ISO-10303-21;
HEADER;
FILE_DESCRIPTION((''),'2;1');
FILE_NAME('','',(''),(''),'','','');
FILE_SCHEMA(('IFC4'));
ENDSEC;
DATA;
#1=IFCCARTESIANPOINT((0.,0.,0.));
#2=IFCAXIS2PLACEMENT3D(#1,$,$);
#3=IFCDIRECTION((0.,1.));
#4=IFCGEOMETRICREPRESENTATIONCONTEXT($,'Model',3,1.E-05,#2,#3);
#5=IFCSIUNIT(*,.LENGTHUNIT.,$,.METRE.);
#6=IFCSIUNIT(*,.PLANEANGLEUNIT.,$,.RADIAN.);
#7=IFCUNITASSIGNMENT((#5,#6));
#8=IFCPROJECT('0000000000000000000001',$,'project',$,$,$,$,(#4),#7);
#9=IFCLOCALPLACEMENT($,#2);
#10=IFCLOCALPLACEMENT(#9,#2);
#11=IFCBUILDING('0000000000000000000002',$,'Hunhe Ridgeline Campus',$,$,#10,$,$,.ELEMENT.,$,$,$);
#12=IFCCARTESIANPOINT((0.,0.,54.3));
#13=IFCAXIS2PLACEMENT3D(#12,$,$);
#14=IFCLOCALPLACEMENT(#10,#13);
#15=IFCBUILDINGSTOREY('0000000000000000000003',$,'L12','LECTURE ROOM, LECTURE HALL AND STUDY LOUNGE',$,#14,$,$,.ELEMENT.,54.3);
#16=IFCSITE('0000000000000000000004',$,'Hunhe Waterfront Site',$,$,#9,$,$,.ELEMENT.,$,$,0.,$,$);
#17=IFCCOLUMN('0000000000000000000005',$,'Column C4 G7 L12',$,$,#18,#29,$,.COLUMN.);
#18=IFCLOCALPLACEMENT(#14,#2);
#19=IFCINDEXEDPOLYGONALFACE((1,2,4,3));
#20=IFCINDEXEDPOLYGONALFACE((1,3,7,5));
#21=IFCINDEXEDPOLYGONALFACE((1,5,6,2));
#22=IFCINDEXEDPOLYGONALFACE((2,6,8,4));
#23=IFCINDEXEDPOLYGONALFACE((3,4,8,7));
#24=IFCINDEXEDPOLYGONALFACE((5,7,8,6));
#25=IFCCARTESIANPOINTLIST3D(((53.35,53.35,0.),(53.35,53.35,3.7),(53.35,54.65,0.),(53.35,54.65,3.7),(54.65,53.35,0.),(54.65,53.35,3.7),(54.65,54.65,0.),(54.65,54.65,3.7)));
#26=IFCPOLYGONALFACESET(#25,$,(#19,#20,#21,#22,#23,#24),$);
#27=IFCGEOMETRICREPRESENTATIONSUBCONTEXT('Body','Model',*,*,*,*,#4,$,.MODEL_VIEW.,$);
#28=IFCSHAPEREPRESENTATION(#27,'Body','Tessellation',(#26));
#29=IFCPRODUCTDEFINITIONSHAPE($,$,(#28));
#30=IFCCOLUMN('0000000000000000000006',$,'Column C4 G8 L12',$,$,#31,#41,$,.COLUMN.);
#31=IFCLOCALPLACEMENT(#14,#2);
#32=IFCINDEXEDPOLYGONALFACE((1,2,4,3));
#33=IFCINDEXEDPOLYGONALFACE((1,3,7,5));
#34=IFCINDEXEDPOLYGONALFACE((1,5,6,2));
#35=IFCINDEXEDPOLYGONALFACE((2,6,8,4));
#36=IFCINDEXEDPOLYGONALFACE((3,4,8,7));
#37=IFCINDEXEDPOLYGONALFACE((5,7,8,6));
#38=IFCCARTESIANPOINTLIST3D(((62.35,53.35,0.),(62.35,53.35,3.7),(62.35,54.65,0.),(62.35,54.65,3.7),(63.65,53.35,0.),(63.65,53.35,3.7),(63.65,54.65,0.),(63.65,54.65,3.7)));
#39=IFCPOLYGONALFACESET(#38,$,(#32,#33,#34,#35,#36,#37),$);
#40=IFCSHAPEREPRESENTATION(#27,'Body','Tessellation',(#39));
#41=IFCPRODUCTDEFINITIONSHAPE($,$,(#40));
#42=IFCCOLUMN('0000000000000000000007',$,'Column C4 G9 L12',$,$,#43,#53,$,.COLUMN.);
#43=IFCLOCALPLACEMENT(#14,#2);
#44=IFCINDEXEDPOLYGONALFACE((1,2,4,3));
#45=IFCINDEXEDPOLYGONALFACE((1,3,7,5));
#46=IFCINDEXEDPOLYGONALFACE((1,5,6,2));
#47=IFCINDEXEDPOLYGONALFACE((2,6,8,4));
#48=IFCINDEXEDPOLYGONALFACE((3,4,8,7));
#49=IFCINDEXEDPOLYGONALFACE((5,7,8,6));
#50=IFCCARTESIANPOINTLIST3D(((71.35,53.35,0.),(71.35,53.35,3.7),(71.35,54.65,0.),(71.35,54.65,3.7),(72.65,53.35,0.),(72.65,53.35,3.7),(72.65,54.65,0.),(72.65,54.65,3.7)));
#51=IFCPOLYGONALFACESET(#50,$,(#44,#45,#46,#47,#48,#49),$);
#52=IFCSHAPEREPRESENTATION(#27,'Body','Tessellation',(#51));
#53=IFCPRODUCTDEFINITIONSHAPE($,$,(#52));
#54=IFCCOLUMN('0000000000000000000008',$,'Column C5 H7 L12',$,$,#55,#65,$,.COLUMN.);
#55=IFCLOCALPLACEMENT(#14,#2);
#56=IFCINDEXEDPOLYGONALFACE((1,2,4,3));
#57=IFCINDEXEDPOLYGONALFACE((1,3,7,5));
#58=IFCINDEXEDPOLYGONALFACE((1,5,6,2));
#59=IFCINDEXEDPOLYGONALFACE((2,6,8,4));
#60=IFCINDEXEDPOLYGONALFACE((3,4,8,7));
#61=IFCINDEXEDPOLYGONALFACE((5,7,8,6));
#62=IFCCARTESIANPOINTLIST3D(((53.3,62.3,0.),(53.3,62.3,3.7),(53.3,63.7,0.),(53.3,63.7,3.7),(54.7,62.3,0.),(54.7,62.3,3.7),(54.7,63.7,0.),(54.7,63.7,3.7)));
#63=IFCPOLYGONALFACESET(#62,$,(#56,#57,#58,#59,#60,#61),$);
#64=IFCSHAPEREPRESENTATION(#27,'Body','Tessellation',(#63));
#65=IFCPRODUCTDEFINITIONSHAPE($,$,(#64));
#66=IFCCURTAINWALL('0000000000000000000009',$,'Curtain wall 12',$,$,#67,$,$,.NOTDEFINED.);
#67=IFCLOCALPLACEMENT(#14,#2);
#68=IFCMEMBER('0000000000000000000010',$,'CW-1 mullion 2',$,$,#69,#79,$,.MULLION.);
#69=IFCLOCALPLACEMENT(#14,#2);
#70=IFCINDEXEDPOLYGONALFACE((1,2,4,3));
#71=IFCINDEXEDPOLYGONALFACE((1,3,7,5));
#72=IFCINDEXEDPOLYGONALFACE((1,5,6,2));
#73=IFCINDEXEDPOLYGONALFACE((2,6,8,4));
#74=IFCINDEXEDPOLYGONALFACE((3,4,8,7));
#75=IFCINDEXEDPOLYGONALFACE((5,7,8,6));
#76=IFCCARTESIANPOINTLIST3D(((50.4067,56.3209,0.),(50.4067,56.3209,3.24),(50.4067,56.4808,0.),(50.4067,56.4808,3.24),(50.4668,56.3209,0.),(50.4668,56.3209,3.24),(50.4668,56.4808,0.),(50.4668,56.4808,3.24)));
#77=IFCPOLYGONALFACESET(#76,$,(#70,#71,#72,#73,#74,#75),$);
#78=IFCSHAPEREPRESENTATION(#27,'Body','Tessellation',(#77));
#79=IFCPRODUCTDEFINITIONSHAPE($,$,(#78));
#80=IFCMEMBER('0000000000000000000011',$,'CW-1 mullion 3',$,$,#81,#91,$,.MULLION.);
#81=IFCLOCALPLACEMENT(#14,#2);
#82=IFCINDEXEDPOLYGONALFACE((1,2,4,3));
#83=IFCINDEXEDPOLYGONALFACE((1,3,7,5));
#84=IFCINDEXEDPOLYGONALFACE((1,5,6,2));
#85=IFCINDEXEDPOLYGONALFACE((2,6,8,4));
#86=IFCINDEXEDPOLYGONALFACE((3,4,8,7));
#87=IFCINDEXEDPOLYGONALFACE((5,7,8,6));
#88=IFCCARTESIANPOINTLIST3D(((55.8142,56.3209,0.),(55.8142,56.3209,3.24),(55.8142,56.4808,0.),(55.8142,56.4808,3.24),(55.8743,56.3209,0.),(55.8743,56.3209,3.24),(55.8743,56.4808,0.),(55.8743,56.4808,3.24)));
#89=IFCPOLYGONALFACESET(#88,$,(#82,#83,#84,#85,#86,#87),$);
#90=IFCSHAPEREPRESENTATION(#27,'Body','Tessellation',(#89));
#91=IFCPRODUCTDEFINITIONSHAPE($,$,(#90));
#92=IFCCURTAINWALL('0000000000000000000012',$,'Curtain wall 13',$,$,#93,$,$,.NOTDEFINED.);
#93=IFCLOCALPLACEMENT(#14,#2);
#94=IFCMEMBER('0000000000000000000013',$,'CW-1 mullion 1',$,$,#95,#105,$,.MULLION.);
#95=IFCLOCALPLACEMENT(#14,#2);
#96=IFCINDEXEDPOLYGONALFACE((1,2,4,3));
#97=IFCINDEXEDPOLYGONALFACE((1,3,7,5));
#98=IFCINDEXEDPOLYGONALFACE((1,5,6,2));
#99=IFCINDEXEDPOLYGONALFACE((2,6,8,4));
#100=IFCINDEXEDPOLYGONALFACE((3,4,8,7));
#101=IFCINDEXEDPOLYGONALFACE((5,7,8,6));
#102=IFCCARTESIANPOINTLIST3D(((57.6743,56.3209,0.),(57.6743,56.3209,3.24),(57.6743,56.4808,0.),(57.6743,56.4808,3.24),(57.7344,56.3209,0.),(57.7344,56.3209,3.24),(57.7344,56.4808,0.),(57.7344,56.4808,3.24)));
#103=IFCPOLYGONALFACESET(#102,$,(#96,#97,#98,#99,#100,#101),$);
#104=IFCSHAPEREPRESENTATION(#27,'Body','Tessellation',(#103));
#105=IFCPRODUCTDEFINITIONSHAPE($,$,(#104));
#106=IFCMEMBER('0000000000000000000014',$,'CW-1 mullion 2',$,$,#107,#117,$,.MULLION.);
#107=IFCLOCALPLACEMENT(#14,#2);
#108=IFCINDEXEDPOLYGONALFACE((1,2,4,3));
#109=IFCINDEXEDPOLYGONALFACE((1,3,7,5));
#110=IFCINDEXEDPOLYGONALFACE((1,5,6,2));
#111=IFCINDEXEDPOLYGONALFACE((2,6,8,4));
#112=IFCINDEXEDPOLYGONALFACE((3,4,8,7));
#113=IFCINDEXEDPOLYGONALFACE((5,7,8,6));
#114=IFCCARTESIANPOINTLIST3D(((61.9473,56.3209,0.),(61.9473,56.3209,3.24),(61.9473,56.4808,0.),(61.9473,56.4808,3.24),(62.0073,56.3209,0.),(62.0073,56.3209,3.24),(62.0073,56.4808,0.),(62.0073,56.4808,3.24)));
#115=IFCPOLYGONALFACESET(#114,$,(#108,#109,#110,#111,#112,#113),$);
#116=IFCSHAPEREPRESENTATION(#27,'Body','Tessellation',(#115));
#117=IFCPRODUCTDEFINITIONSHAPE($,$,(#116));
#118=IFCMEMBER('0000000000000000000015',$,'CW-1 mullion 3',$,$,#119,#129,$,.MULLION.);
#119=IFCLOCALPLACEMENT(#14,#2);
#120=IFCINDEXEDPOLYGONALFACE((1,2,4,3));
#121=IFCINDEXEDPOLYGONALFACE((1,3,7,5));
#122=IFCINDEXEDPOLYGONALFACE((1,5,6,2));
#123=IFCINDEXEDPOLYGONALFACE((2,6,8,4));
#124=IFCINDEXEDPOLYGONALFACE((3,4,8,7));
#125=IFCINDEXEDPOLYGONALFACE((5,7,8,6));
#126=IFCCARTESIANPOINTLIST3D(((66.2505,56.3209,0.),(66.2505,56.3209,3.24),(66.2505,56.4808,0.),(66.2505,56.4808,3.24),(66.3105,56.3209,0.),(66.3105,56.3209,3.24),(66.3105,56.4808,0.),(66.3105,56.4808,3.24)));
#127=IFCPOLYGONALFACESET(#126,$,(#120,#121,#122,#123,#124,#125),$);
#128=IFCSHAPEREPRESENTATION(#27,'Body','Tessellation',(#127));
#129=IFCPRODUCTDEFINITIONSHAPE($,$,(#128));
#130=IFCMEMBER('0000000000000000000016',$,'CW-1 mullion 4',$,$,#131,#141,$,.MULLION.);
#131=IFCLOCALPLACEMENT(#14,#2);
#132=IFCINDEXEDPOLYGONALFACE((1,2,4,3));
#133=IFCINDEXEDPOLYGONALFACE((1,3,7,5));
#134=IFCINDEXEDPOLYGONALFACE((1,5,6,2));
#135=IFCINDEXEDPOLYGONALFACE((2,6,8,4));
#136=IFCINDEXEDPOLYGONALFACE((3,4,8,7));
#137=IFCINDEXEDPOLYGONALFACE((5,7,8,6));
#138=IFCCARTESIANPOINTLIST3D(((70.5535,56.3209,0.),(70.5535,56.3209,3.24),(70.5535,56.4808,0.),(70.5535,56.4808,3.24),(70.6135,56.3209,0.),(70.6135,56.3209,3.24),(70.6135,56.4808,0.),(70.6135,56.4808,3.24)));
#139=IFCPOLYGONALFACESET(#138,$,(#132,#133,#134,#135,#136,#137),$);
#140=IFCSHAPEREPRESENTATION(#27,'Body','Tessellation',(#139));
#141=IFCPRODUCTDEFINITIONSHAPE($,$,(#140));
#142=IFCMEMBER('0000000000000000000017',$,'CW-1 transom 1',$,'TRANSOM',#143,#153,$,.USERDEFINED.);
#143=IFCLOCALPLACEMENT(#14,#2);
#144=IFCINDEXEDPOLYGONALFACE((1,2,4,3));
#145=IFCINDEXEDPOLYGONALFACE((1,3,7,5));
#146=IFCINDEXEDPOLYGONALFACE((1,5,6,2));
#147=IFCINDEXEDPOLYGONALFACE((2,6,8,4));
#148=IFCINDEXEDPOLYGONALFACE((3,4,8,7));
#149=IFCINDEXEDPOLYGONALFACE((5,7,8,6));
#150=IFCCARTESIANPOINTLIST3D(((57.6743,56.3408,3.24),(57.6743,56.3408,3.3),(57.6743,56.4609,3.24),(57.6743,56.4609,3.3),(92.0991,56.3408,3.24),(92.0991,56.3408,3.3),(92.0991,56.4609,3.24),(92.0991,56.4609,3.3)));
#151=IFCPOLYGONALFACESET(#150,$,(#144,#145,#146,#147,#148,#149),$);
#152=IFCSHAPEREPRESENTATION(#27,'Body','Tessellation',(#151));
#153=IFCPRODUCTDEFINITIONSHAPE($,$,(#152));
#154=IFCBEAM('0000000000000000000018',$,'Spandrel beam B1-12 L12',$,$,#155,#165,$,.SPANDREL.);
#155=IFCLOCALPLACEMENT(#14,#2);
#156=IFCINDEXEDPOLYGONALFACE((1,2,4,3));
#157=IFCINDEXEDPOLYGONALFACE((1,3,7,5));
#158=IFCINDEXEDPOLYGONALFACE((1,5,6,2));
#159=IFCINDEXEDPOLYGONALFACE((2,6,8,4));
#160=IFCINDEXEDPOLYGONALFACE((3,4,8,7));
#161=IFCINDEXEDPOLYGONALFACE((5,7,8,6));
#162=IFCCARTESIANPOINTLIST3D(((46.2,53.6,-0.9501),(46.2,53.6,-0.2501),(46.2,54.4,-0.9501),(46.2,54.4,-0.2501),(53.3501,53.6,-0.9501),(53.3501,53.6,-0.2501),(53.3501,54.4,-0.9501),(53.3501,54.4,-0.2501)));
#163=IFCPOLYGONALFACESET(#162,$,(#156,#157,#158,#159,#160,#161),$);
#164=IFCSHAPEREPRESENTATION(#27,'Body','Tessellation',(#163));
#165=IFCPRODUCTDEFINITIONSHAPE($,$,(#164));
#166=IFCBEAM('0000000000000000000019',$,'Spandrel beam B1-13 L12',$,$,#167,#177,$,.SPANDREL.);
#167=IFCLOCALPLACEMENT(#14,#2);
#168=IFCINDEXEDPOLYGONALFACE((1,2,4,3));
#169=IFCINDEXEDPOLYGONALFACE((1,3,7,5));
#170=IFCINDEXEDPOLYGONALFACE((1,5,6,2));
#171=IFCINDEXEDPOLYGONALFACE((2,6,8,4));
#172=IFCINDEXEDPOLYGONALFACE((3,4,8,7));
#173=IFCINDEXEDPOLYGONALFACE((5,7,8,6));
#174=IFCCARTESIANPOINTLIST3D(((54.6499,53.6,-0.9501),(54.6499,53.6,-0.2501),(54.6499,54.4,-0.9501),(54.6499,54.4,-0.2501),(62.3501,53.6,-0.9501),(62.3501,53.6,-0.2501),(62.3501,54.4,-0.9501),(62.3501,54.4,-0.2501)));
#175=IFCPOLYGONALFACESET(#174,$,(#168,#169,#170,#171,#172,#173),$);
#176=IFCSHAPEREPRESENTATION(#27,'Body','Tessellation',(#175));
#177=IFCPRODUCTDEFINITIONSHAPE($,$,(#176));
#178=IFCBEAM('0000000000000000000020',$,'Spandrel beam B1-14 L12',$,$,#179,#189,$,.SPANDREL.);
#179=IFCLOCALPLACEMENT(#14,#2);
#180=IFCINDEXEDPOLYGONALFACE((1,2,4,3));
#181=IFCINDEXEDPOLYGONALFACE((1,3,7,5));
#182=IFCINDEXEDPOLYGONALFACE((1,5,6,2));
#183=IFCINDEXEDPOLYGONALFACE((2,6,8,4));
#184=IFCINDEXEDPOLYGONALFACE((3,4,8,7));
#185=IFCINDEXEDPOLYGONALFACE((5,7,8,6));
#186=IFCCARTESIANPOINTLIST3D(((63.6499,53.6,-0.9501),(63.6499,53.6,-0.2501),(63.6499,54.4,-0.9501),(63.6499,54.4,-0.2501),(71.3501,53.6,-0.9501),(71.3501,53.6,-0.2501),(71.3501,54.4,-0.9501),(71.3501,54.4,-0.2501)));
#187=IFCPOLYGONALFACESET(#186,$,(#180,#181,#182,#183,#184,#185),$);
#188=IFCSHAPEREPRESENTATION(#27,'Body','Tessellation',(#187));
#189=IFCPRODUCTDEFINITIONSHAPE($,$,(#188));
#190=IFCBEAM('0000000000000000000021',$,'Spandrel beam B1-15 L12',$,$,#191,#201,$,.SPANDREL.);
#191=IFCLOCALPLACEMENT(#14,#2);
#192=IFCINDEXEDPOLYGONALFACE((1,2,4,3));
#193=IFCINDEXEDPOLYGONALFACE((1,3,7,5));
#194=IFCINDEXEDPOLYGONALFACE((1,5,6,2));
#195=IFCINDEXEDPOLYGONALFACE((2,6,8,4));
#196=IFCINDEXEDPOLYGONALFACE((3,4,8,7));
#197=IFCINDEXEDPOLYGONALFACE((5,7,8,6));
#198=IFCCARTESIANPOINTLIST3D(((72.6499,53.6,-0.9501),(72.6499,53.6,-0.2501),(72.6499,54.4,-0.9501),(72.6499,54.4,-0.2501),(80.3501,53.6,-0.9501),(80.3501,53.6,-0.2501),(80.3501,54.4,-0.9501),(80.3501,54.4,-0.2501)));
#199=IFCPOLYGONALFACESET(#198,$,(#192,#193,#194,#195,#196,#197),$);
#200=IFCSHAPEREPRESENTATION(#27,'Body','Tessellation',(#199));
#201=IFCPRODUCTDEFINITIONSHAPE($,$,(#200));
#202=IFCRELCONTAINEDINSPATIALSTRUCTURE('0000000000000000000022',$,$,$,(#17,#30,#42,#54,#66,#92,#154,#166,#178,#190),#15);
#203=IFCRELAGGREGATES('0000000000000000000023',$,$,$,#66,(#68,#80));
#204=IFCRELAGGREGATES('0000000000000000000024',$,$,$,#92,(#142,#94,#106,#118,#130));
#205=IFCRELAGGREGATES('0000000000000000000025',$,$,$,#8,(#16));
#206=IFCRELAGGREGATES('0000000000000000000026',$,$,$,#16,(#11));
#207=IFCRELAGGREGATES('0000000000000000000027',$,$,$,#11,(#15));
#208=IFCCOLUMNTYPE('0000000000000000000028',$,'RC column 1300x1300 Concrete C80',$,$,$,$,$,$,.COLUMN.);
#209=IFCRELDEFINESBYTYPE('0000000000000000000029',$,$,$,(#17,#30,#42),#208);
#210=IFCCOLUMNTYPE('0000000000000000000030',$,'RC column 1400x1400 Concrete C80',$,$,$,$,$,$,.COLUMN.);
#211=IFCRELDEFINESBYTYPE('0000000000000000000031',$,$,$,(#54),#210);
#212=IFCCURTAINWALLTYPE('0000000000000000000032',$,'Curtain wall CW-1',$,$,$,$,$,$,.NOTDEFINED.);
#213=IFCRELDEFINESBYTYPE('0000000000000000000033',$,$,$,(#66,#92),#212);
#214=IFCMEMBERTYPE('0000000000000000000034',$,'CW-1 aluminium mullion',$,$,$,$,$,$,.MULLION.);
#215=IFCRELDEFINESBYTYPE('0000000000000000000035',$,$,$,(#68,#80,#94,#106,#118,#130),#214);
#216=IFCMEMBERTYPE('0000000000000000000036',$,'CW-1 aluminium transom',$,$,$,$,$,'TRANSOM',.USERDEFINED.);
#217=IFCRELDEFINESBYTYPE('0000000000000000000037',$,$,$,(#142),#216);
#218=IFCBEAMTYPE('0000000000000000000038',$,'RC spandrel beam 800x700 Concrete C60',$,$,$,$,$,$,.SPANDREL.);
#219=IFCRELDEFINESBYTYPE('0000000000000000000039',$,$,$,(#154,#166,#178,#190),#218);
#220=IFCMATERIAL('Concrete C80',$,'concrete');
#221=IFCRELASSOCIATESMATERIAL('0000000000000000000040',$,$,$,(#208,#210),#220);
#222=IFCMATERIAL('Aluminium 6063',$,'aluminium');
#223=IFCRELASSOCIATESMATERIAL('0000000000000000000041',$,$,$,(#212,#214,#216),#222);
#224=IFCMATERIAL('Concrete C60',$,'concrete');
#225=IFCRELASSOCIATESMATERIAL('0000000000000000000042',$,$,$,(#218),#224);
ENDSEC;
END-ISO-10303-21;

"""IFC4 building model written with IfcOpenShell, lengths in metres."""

from ifc_helpers import new_model, si_unit, direction, frame, origin, origin_2d, place, context, subcontext, project, spatial, rectangle, extrude, material, material_profile, profile_set, type_object, element, aggregate, save


model = new_model("IFC4")

# Units and contexts
model_context = context("Model", 3, precision=1e-05, world=origin(), true_north=direction((0.0, 1.0)))
body_context = subcontext(model_context, "Body", "Model", "MODEL_VIEW")
ifc_project = project(units=[si_unit("LENGTHUNIT", "METRE"), si_unit("PLANEANGLEUNIT", "RADIAN")], contexts=[model_context])

# Site, building, storey
site_placement = place(None, origin())
site = spatial("IfcSite", under=ifc_project, at=site_placement, Name="Hunhe Waterfront Site", CompositionType="ELEMENT", RefElevation=0.0)
building_placement = place(site_placement, origin())
building = spatial("IfcBuilding", under=site, at=building_placement, Name="Hunhe Ridgeline Campus", CompositionType="ELEMENT")
storey_placement = place(building_placement, frame((0.0, 0.0, 54.3)))
storey = spatial("IfcBuildingStorey", under=building, at=storey_placement, Name="L12", Description="LECTURE ROOM, LECTURE HALL AND STUDY LOUNGE", CompositionType="ELEMENT", Elevation=54.3)

# Columns
ifc_material_1 = material(Name="Concrete C80", Category="concrete")
ifc_material_profile_1 = material_profile(ifc_material_1, rectangle(XDim=1.3, YDim=1.3, at=origin_2d()))
ifc_profile_set_1 = profile_set([ifc_material_profile_1], Name="Concrete C80")
column_type_1 = type_object("IfcColumnType", Name="RC column 1300x1300 Concrete C80", PredefinedType="COLUMN", material=ifc_profile_set_1)
for number, where, z_axis, x_axis, name in (
    (1, (54.0, 54.0, 0.0), (0.0, 0.0, 1.0), (1.0, 0.0, 0.0), "Column C4 G7 L12"),
    (2, (63.0, 54.0, 0.0), (0.0, 0.0, 1.0), (1.0, 0.0, 0.0), "Column C4 G8 L12"),
    (3, (72.0, 54.0, 0.0), (0.0, 0.0, 1.0), (1.0, 0.0, 0.0), "Column C4 G9 L12"),
):
    element("IfcColumn", number, at=place(storey_placement, frame(where, z_axis=z_axis, x_axis=x_axis)), inside=storey, type_object=column_type_1, Name=name, PredefinedType="COLUMN", context=body_context, shape_type="SweptSolid", body=[
        extrude(rectangle(XDim=1.3, YDim=1.3, at=origin_2d()), origin(), (0.0, 0.0, 1.0), 3.7),
    ])
ifc_material_profile_2 = material_profile(ifc_material_1, rectangle(XDim=1.3999, YDim=1.3999, at=origin_2d()))
ifc_profile_set_2 = profile_set([ifc_material_profile_2], Name="Concrete C80")
column_type_2 = type_object("IfcColumnType", Name="RC column 1400x1400 Concrete C80", PredefinedType="COLUMN", material=ifc_profile_set_2)
column_placement = place(storey_placement, frame((54.0, 63.0, 0.0), z_axis=(0.0, 0.0, 1.0), x_axis=(1.0, 0.0, 0.0)))
element("IfcColumn", 4, at=column_placement, inside=storey, type_object=column_type_2, Name="Column C5 H7 L12", PredefinedType="COLUMN", context=body_context, shape_type="SweptSolid", body=[
    extrude(rectangle(XDim=1.3999, YDim=1.3999, at=origin_2d()), origin(), (0.0, 0.0, 1.0), 3.7),
])

# Curtain walls, members
ifc_material_2 = material(Name="Aluminium 6063", Category="aluminium")
curtain_wall_type = type_object("IfcCurtainWallType", Name="Curtain wall CW-1", PredefinedType="NOTDEFINED", material=ifc_material_2)
curtain_wall_1_placement = place(storey_placement, origin())
curtain_wall_1 = element("IfcCurtainWall", 5, at=curtain_wall_1_placement, inside=storey, type_object=curtain_wall_type, Name="Curtain wall 12", PredefinedType="NOTDEFINED")
ifc_material_profile_3 = material_profile(ifc_material_2, rectangle(XDim=0.1599, YDim=0.0601, at=origin_2d()))
ifc_profile_set_3 = profile_set([ifc_material_profile_3], Name="Aluminium 6063")
member_type_1 = type_object("IfcMemberType", Name="CW-1 aluminium mullion", PredefinedType="MULLION", material=ifc_profile_set_3)
member_1_placement = place(storey_placement, frame((50.4368, 56.4009, 0.0), z_axis=(0.0, 0.0, 1.0), x_axis=(-0.000004, 1.0, 0.0)))
member_1 = element("IfcMember", 6, at=member_1_placement, type_object=member_type_1, Name="CW-1 mullion 2", PredefinedType="MULLION", context=body_context, shape_type="SweptSolid", body=[
    extrude(rectangle(XDim=0.1599, YDim=0.0601, at=origin_2d()), origin(), (0.0, 0.0, 1.0), 3.24),
])
member_2_placement = place(storey_placement, frame((55.8442, 56.4009, 0.0), z_axis=(0.0, 0.0, 1.0), x_axis=(-0.000004, 1.0, 0.0)))
member_2 = element("IfcMember", 7, at=member_2_placement, type_object=member_type_1, Name="CW-1 mullion 3", PredefinedType="MULLION", context=body_context, shape_type="SweptSolid", body=[
    extrude(rectangle(XDim=0.1599, YDim=0.0601, at=origin_2d()), origin(), (0.0, 0.0, 1.0), 3.24),
])
curtain_wall_2_placement = place(storey_placement, origin())
curtain_wall_2 = element("IfcCurtainWall", 8, at=curtain_wall_2_placement, inside=storey, type_object=curtain_wall_type, Name="Curtain wall 13", PredefinedType="NOTDEFINED")
member_3_placement = place(storey_placement, frame((57.7043, 56.4009, 0.0), z_axis=(0.0, 0.0, 1.0), x_axis=(-0.000004, 1.0, 0.0)))
member_3 = element("IfcMember", 9, at=member_3_placement, type_object=member_type_1, Name="CW-1 mullion 1", PredefinedType="MULLION", context=body_context, shape_type="SweptSolid", body=[
    extrude(rectangle(XDim=0.1599, YDim=0.0601, at=origin_2d()), origin(), (0.0, 0.0, 1.0), 3.24),
])
member_4_placement = place(storey_placement, frame((61.9773, 56.4009, 0.0), z_axis=(0.0, 0.0, 1.0), x_axis=(-0.000004, 1.0, 0.0)))
member_4 = element("IfcMember", 10, at=member_4_placement, type_object=member_type_1, Name="CW-1 mullion 2", PredefinedType="MULLION", context=body_context, shape_type="SweptSolid", body=[
    extrude(rectangle(XDim=0.1599, YDim=0.0601, at=origin_2d()), origin(), (0.0, 0.0, 1.0), 3.24),
])
member_5_placement = place(storey_placement, frame((66.2805, 56.4009, 0.0), z_axis=(0.0, 0.0, 1.0), x_axis=(-0.000004, 1.0, 0.0)))
member_5 = element("IfcMember", 11, at=member_5_placement, type_object=member_type_1, Name="CW-1 mullion 3", PredefinedType="MULLION", context=body_context, shape_type="SweptSolid", body=[
    extrude(rectangle(XDim=0.1599, YDim=0.0601, at=origin_2d()), origin(), (0.0, 0.0, 1.0), 3.24),
])
member_6_placement = place(storey_placement, frame((70.5835, 56.4009, 0.0), z_axis=(0.0, 0.0, 1.0), x_axis=(-0.000004, 1.0, 0.0)))
member_6 = element("IfcMember", 12, at=member_6_placement, type_object=member_type_1, Name="CW-1 mullion 4", PredefinedType="MULLION", context=body_context, shape_type="SweptSolid", body=[
    extrude(rectangle(XDim=0.1599, YDim=0.0601, at=origin_2d()), origin(), (0.0, 0.0, 1.0), 3.24),
])
ifc_material_profile_4 = material_profile(ifc_material_2, rectangle(XDim=0.1201, YDim=0.0601, at=origin_2d()))
ifc_profile_set_4 = profile_set([ifc_material_profile_4], Name="Aluminium 6063")
member_type_2 = type_object("IfcMemberType", Name="CW-1 aluminium transom", ElementType="TRANSOM", PredefinedType="USERDEFINED", material=ifc_profile_set_4)
member_7_placement = place(storey_placement, frame((57.6743, 56.4009, 3.27), z_axis=(1.0, 0.0, 0.0), x_axis=(0.0, 1.0, 0.0)))
member_7 = element("IfcMember", 13, at=member_7_placement, type_object=member_type_2, Name="CW-1 transom 1", ObjectType="TRANSOM", PredefinedType="USERDEFINED", context=body_context, shape_type="SweptSolid", body=[
    extrude(rectangle(XDim=0.1201, YDim=0.0601, at=origin_2d()), origin(), (0.0, 0.0, 1.0), 34.4248),
])

# Beams
ifc_material_3 = material(Name="Concrete C60", Category="concrete")
ifc_material_profile_5 = material_profile(ifc_material_3, rectangle(XDim=0.8, YDim=0.7, at=origin_2d()))
ifc_profile_set_5 = profile_set([ifc_material_profile_5], Name="Concrete C60")
beam_type = type_object("IfcBeamType", Name="RC spandrel beam 800x700 Concrete C60", PredefinedType="SPANDREL", material=ifc_profile_set_5)
beam_placement = place(storey_placement, frame((46.2, 54.0, -0.6001), z_axis=(1.0, 0.0, 0.0), x_axis=(0.0, 1.0, 0.0)))
element("IfcBeam", 14, at=beam_placement, inside=storey, type_object=beam_type, Name="Spandrel beam B1-12 L12", PredefinedType="SPANDREL", context=body_context, shape_type="SweptSolid", body=[
    extrude(rectangle(XDim=0.8, YDim=0.7, at=origin_2d()), origin(), (0.0, 0.0, 1.0), 7.1501),
])
for number, where, z_axis, x_axis, name in (
    (15, (54.6499, 54.0, -0.6001), (1.0, 0.0, 0.0), (0.0, 1.0, 0.0), "Spandrel beam B1-13 L12"),
    (16, (63.6499, 54.0, -0.6001), (1.0, 0.0, 0.0), (0.0, 1.0, 0.0), "Spandrel beam B1-14 L12"),
    (17, (72.6499, 54.0, -0.6001), (1.0, 0.0, 0.0), (0.0, 1.0, 0.0), "Spandrel beam B1-15 L12"),
):
    element("IfcBeam", number, at=place(storey_placement, frame(where, z_axis=z_axis, x_axis=x_axis)), inside=storey, type_object=beam_type, Name=name, PredefinedType="SPANDREL", context=body_context, shape_type="SweptSolid", body=[
        extrude(rectangle(XDim=0.8, YDim=0.7, at=origin_2d()), origin(), (0.0, 0.0, 1.0), 7.7002),
    ])

aggregate(curtain_wall_1, [member_1, member_2])
aggregate(curtain_wall_2, [member_7, member_3, member_4, member_5, member_6])

save(model, "model.ifc")
